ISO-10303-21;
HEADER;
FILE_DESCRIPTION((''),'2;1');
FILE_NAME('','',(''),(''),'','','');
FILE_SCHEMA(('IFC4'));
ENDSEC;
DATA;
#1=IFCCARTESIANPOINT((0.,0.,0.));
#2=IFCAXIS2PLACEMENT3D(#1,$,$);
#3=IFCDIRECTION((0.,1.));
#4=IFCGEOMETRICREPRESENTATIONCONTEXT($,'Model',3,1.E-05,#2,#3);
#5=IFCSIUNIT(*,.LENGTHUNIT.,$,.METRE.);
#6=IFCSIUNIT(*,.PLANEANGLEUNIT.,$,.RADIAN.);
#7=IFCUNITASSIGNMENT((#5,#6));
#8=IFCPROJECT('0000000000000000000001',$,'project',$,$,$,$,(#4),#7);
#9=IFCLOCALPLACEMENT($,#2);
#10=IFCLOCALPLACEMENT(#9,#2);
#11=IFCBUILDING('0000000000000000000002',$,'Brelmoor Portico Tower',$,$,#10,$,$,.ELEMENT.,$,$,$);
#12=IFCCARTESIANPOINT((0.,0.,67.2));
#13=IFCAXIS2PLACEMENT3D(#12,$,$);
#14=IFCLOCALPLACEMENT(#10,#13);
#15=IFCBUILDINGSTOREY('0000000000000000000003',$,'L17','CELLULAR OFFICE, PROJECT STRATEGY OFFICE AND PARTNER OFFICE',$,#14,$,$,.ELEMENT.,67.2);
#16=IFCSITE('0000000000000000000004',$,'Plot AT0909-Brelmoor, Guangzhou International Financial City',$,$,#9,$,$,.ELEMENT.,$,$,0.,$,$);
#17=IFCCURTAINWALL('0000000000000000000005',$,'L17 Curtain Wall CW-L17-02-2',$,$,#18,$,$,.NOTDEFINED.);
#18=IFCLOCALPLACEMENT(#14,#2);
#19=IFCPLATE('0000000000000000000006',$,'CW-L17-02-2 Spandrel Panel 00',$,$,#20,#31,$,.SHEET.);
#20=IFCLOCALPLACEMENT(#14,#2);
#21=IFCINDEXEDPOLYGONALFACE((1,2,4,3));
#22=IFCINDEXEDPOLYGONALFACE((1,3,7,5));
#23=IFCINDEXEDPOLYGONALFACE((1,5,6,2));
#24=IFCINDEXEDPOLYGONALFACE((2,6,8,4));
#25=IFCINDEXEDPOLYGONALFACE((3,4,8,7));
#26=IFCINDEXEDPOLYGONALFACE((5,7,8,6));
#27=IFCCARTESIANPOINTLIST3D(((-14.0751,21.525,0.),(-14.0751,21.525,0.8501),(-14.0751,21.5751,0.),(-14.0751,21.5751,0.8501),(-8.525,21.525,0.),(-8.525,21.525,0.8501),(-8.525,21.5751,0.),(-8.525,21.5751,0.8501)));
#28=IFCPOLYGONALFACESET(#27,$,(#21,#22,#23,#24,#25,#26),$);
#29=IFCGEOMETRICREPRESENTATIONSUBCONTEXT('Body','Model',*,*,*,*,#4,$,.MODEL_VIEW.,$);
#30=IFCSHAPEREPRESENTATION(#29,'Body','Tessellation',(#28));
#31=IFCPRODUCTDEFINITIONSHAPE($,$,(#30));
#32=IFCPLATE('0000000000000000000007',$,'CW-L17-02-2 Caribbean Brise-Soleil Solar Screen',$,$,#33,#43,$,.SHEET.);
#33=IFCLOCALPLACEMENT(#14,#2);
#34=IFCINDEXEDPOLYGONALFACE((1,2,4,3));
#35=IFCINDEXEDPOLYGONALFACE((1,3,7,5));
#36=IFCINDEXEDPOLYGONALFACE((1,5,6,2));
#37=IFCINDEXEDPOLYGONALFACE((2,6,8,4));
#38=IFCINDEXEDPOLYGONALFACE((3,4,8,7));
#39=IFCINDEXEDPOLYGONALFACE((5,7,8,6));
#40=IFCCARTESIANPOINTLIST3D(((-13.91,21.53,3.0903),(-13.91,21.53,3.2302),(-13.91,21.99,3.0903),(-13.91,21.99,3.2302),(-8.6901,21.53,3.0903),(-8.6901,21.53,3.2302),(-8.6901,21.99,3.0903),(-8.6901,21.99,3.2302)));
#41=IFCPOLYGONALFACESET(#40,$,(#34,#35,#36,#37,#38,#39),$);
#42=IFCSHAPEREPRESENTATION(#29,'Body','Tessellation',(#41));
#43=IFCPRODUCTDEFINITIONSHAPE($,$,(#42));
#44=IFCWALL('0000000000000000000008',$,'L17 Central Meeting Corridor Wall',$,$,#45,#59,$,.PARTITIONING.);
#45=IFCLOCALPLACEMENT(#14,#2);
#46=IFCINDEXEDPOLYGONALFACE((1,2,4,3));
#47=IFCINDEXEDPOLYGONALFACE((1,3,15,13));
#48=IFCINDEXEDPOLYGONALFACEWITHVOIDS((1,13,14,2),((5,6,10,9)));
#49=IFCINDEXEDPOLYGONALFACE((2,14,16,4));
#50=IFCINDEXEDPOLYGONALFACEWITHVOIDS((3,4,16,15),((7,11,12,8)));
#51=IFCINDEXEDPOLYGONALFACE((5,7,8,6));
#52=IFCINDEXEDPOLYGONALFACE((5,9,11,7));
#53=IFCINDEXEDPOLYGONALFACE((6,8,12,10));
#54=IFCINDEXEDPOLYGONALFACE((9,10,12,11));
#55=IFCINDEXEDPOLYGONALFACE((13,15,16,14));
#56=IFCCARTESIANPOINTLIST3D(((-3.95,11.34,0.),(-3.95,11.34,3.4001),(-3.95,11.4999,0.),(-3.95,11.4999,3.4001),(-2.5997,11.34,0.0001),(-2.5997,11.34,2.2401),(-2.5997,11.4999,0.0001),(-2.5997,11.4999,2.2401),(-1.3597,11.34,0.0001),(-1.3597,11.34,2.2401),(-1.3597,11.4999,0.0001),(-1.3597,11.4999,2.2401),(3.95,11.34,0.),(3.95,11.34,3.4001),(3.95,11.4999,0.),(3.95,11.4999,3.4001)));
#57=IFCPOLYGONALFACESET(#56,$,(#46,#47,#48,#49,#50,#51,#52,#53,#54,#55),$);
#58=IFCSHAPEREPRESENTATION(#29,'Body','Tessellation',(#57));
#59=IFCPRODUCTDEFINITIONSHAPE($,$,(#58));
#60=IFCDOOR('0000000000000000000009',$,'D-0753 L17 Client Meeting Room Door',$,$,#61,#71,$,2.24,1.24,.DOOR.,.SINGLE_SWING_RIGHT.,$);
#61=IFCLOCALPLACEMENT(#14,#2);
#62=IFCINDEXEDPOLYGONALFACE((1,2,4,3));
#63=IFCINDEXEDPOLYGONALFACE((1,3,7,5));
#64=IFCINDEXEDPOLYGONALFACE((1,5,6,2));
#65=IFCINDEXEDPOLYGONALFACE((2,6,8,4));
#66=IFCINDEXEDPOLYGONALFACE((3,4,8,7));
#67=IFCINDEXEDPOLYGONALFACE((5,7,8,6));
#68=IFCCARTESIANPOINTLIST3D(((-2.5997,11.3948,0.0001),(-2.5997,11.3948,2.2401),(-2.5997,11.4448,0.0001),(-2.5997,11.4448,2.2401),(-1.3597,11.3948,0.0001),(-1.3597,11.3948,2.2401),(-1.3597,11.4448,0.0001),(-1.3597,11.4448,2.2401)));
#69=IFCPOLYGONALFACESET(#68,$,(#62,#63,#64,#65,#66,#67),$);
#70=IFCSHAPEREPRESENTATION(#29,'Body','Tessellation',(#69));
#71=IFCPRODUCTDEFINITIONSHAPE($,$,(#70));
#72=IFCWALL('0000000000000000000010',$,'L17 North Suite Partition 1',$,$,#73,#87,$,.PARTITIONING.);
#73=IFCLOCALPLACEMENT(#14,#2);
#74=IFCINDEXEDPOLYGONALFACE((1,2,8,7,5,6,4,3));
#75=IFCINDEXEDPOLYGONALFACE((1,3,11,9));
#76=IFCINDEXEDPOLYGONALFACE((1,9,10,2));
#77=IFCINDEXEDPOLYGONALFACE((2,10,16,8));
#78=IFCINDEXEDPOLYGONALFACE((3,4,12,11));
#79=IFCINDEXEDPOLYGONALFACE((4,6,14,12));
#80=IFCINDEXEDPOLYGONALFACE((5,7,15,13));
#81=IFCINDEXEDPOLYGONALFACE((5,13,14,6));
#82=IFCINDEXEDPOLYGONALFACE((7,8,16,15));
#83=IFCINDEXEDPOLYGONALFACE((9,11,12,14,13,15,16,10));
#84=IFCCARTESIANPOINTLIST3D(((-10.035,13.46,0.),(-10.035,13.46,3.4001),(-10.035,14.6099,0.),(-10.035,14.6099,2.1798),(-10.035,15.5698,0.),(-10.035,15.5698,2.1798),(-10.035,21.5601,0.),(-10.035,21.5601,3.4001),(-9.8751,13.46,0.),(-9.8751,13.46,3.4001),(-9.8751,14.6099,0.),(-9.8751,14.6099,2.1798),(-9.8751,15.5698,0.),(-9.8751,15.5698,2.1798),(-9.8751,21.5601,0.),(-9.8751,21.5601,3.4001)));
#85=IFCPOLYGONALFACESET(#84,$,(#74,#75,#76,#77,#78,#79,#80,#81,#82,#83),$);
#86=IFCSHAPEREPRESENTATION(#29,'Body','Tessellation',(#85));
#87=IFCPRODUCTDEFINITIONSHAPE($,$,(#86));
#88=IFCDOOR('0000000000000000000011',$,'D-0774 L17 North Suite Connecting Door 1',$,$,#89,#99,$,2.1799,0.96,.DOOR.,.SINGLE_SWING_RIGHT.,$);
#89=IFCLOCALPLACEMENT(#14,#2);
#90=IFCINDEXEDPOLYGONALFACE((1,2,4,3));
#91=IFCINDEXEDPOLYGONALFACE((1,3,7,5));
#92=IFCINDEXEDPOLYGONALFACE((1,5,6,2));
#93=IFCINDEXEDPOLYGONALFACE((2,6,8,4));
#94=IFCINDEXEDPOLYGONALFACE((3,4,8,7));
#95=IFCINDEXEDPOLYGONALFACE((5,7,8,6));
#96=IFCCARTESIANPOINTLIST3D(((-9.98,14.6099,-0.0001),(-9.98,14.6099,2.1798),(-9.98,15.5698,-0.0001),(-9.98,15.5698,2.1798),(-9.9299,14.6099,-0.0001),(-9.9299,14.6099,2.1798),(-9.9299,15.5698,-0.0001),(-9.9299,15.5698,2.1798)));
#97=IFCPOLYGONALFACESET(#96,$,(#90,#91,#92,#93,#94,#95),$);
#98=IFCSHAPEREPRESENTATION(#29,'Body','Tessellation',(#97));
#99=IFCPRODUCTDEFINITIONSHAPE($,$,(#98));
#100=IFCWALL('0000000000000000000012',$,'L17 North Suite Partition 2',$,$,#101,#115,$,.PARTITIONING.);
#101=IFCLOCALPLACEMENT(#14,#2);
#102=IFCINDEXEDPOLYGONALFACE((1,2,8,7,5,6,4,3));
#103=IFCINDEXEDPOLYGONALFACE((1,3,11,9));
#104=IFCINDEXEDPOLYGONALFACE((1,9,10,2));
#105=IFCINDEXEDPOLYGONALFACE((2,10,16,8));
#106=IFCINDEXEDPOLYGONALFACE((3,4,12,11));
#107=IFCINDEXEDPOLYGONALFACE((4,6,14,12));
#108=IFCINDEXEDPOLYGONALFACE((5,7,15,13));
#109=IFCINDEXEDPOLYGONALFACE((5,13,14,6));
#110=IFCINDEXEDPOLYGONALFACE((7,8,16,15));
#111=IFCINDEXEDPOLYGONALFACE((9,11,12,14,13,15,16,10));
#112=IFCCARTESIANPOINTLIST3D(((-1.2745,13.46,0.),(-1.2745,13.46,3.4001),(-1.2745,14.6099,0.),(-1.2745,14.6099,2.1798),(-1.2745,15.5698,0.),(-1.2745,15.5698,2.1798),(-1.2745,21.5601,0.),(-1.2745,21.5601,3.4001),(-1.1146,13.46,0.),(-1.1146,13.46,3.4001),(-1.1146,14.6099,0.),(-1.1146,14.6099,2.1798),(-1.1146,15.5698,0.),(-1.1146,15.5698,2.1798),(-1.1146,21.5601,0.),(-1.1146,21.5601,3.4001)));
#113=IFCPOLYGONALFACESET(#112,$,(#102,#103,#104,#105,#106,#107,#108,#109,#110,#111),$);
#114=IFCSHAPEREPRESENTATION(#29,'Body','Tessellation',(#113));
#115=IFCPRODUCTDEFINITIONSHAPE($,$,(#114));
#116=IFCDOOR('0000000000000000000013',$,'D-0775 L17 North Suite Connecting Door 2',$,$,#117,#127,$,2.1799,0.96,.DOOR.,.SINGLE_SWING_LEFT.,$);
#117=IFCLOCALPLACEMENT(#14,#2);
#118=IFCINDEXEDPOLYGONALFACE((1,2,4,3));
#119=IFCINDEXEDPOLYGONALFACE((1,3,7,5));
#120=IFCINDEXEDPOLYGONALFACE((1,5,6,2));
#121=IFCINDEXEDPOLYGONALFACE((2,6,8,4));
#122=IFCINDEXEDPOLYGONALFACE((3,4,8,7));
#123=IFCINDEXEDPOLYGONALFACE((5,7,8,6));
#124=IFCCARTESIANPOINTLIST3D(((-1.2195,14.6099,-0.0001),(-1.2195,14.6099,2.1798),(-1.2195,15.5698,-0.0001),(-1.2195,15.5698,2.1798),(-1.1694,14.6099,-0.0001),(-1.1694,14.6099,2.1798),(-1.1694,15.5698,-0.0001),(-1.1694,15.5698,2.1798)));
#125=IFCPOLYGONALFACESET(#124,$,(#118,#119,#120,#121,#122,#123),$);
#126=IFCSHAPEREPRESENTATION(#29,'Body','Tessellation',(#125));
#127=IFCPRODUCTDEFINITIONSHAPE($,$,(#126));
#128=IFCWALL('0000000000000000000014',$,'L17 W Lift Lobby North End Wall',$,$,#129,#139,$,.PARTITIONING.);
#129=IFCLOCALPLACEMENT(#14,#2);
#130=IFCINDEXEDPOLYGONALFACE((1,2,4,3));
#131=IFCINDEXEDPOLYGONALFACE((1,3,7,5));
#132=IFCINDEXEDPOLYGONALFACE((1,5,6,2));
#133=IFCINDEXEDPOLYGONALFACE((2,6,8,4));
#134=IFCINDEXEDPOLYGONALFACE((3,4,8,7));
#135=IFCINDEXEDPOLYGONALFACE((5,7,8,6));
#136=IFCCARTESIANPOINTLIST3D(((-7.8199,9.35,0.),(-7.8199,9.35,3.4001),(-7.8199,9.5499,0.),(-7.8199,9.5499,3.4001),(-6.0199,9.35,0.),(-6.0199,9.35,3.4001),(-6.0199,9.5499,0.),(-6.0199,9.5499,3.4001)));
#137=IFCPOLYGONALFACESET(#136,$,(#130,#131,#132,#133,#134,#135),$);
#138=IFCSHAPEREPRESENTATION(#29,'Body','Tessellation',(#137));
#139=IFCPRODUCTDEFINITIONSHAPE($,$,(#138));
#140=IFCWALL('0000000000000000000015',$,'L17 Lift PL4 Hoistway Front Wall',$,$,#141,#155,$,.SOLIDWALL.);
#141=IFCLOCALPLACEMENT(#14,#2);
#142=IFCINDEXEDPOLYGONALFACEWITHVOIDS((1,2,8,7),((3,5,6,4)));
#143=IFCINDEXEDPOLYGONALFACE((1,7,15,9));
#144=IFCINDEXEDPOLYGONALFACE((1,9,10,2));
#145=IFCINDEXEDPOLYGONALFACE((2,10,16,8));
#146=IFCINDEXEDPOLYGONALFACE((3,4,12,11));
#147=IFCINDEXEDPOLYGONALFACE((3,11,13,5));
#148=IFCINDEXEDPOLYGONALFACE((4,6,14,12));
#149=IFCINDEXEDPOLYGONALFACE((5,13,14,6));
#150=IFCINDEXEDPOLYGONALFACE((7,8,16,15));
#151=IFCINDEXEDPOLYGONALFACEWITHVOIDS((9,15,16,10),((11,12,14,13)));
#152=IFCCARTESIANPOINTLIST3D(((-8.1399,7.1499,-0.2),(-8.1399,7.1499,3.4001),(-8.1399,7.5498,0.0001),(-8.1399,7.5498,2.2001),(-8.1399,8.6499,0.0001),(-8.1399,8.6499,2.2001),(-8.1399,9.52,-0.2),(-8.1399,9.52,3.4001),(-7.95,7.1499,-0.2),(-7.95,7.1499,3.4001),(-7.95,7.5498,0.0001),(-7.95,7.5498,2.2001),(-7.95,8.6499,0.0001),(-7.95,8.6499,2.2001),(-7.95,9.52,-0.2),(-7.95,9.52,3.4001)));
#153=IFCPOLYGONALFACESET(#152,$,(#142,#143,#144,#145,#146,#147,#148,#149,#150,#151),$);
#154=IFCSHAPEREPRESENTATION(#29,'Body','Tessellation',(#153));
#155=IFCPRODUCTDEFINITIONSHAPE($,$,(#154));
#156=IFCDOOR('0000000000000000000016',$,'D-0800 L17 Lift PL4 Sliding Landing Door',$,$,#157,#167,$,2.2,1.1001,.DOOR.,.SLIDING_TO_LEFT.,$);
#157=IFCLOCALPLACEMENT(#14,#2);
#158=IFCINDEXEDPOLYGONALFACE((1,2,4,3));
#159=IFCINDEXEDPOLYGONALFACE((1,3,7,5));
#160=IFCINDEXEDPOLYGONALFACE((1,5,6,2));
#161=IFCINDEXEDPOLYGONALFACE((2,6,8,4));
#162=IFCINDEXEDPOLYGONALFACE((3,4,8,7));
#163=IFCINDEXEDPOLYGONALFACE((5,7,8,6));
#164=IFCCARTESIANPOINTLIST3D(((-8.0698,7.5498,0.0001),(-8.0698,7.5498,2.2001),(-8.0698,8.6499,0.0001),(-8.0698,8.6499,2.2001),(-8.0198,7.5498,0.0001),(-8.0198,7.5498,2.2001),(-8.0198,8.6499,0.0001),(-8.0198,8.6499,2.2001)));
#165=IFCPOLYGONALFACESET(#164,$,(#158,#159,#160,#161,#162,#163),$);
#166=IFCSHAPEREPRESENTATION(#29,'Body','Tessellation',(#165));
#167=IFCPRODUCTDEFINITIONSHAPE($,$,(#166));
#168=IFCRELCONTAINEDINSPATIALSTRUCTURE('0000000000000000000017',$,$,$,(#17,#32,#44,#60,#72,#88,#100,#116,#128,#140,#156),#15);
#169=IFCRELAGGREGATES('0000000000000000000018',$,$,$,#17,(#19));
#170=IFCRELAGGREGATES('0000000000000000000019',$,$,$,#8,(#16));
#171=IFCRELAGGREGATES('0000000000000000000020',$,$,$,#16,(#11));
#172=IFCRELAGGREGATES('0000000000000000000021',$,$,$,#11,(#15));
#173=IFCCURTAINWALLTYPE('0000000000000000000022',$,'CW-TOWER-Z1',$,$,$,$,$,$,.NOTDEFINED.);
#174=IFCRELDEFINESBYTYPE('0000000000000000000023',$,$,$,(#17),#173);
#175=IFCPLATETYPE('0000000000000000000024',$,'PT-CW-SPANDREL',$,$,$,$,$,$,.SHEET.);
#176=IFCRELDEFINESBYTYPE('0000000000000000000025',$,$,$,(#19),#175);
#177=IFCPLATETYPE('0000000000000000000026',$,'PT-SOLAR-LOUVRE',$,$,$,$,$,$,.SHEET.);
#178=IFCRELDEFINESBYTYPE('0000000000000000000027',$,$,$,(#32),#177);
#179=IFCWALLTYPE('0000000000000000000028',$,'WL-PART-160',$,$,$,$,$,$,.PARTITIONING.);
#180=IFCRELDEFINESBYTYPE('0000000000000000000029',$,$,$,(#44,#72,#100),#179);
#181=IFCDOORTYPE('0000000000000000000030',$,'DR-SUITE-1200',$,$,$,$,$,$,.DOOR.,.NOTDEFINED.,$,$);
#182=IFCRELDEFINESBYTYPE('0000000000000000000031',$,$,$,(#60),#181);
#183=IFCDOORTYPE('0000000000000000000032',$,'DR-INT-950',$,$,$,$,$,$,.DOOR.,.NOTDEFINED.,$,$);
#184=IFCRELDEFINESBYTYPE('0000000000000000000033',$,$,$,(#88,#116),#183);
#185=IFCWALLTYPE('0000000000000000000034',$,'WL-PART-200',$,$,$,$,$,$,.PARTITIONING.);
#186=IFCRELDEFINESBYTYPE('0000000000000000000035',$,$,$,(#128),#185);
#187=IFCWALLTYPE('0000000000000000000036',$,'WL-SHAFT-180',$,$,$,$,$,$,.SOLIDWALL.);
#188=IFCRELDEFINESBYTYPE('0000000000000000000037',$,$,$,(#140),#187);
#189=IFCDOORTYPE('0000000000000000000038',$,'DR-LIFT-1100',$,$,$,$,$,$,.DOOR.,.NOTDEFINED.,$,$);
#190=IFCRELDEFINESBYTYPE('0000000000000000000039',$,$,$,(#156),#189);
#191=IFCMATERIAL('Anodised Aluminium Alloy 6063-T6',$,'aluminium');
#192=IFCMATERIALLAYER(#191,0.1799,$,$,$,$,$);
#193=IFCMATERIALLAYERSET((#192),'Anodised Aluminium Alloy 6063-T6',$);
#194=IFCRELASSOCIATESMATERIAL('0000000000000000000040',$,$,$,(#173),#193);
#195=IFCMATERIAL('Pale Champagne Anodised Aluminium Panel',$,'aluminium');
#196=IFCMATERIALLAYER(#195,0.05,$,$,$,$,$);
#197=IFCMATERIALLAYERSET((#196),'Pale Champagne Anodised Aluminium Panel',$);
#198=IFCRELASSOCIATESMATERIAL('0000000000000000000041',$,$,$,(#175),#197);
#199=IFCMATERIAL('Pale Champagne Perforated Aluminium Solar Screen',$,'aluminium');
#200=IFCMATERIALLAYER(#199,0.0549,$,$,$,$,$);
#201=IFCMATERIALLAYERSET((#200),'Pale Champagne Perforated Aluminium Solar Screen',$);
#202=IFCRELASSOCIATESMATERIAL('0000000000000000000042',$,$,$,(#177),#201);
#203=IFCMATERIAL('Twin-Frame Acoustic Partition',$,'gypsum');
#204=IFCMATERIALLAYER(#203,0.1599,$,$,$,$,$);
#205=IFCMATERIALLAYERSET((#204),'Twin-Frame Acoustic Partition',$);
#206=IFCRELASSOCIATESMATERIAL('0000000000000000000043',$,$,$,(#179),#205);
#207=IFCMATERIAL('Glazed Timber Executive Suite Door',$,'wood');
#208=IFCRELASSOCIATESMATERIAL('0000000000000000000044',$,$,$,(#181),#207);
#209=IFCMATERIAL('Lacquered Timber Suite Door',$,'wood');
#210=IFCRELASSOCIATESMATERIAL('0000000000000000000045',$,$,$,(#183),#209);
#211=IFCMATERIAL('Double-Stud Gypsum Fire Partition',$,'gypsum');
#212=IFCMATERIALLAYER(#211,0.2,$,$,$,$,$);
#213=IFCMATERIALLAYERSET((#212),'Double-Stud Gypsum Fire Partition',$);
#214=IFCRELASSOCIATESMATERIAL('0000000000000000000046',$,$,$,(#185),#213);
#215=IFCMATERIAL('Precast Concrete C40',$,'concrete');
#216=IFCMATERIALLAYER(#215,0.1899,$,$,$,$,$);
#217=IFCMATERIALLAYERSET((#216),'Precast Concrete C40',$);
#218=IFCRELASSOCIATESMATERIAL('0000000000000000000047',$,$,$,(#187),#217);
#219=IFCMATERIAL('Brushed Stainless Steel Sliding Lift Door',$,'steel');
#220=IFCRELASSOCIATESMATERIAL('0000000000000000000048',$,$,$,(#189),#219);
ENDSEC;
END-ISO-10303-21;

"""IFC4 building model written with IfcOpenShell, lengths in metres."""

from ifc_helpers import new_model, si_unit, direction, frame, frame_2d, origin, origin_2d, place, context, subcontext, project, spatial, rectangle, extrude, material, layer, layer_set, type_object, element, fill, aggregate, save


model = new_model("IFC4")

# Units and contexts
model_context = context("Model", 3, precision=1e-05, world=origin(), true_north=direction((0.0, 1.0)))
body_context = subcontext(model_context, "Body", "Model", "MODEL_VIEW")
ifc_project = project(units=[si_unit("LENGTHUNIT", "METRE"), si_unit("PLANEANGLEUNIT", "RADIAN")], contexts=[model_context])

# Site, building, storey
site_placement = place(None, origin())
site = spatial("IfcSite", under=ifc_project, at=site_placement, Name="Plot AT0909-Brelmoor, Guangzhou International Financial City", CompositionType="ELEMENT", RefElevation=0.0)
building_placement = place(site_placement, origin())
building = spatial("IfcBuilding", under=site, at=building_placement, Name="Brelmoor Portico Tower", CompositionType="ELEMENT")
storey_placement = place(building_placement, frame((0.0, 0.0, 67.2)))
storey = spatial("IfcBuildingStorey", under=building, at=storey_placement, Name="L17", Description="CELLULAR OFFICE, PROJECT STRATEGY OFFICE AND PARTNER OFFICE", CompositionType="ELEMENT", Elevation=67.2)

# Curtain wall
ifc_material_1 = material(Name="Anodised Aluminium Alloy 6063-T6", Category="aluminium")
ifc_layer_1 = layer(ifc_material_1, 0.1799)
ifc_layer_set_1 = layer_set([ifc_layer_1], Name="Anodised Aluminium Alloy 6063-T6")
curtain_wall_type_1 = type_object("IfcCurtainWallType", Name="CW-TOWER-Z1", PredefinedType="NOTDEFINED", material=ifc_layer_set_1)
curtain_wall_1_placement = place(storey_placement, origin())
curtain_wall_1 = element("IfcCurtainWall", 1, at=curtain_wall_1_placement, inside=storey, type_object=curtain_wall_type_1, Name="L17 Curtain Wall CW-L17-02-2", PredefinedType="NOTDEFINED")

# Plates
ifc_material_2 = material(Name="Pale Champagne Anodised Aluminium Panel", Category="aluminium")
ifc_layer_2 = layer(ifc_material_2, 0.05)
ifc_layer_set_2 = layer_set([ifc_layer_2], Name="Pale Champagne Anodised Aluminium Panel")
plate_type_1 = type_object("IfcPlateType", Name="PT-CW-SPANDREL", PredefinedType="SHEET", material=ifc_layer_set_2)
plate_1_placement = place(storey_placement, frame((-11.3, 21.55, 0.0), z_axis=(0.0, 0.0, 1.0), x_axis=(1.0, 0.0, 0.0)))
plate_1 = element("IfcPlate", 2, at=plate_1_placement, type_object=plate_type_1, Name="CW-L17-02-2 Spandrel Panel 00", PredefinedType="SHEET", context=body_context, shape_type="SweptSolid", body=[
    extrude(rectangle(XDim=5.55, YDim=0.05, at=origin_2d()), origin(), (0.0, 0.0, 1.0), 0.8501),
])
aggregate(curtain_wall_1, [plate_1])
ifc_material_3 = material(Name="Pale Champagne Perforated Aluminium Solar Screen", Category="aluminium")
ifc_layer_3 = layer(ifc_material_3, 0.0549)
ifc_layer_set_3 = layer_set([ifc_layer_3], Name="Pale Champagne Perforated Aluminium Solar Screen")
plate_type_2 = type_object("IfcPlateType", Name="PT-SOLAR-LOUVRE", PredefinedType="SHEET", material=ifc_layer_set_3)
plate_2_placement = place(storey_placement, frame((-11.3, 21.76, 3.0903), z_axis=(0.0, 0.0, 1.0), x_axis=(1.0, 0.0, 0.0)))
element("IfcPlate", 3, at=plate_2_placement, inside=storey, type_object=plate_type_2, Name="CW-L17-02-2 Caribbean Brise-Soleil Solar Screen", PredefinedType="SHEET", context=body_context, shape_type="SweptSolid", body=[
    extrude(rectangle(XDim=5.22, YDim=0.46, at=origin_2d()), origin(), (0.0, 0.0, 1.0), 0.1399),
])

# Walls, openings, doors
ifc_material_4 = material(Name="Twin-Frame Acoustic Partition", Category="gypsum")
ifc_layer_4 = layer(ifc_material_4, 0.1599)
ifc_layer_set_4 = layer_set([ifc_layer_4], Name="Twin-Frame Acoustic Partition")
wall_type_1 = type_object("IfcWallType", Name="WL-PART-160", PredefinedType="PARTITIONING", material=ifc_layer_set_4)
wall_1_placement = place(storey_placement, frame((-3.95, 11.4199, 0.0), z_axis=(0.0, 0.0, 1.0), x_axis=(1.0, 0.0, 0.0)))
wall_1 = element("IfcWall", 4, at=wall_1_placement, inside=storey, type_object=wall_type_1, Name="L17 Central Meeting Corridor Wall", PredefinedType="PARTITIONING", context=body_context, shape_type="SweptSolid", body=[
    extrude(rectangle(XDim=7.8999, YDim=0.1599, at=frame_2d((3.95, 0.0))), origin(), (0.0, 0.0, 1.0), 3.4001),
])
opening_1_placement = place(wall_1_placement, frame((1.3501, 0.0, 0.0)))
opening_1 = element("IfcOpeningElement", 5, at=opening_1_placement, cuts=wall_1, PredefinedType="OPENING", context=body_context, shape_type="SweptSolid", body=[
    extrude(rectangle(XDim=1.24, YDim=2.24, at=frame_2d((0.6201, 1.1201))), frame((0.0, 0.0898, 0.0), z_axis=(0.0, -1.0, 0.0), x_axis=(1.0, 0.0, 0.0)), (0.0, 0.0, 1.0), 0.1799),
])
ifc_material_5 = material(Name="Glazed Timber Executive Suite Door", Category="wood")
door_type_1 = type_object("IfcDoorType", Name="DR-SUITE-1200", OperationType="NOTDEFINED", PredefinedType="DOOR", material=ifc_material_5)
door_1_placement = place(opening_1_placement, origin())
door_1 = element("IfcDoor", 6, at=door_1_placement, inside=storey, type_object=door_type_1, Name="D-0753 L17 Client Meeting Room Door", OperationType="SINGLE_SWING_RIGHT", OverallHeight=2.24, OverallWidth=1.24, PredefinedType="DOOR", context=body_context, shape_type="SweptSolid", body=[
    extrude(rectangle(XDim=1.24, YDim=2.24, at=frame_2d((0.6201, 1.1201))), frame((0.0, 0.0249, 0.0), z_axis=(0.0, -1.0, 0.0), x_axis=(1.0, 0.0, 0.0)), (0.0, 0.0, 1.0), 0.05),
])
fill(opening_1, door_1)
wall_2_placement = place(storey_placement, frame((-9.9551, 13.46, 0.0), z_axis=(0.0, 0.0, 1.0), x_axis=(0.0, 1.0, 0.0)))
wall_2 = element("IfcWall", 7, at=wall_2_placement, inside=storey, type_object=wall_type_1, Name="L17 North Suite Partition 1", PredefinedType="PARTITIONING", context=body_context, shape_type="SweptSolid", body=[
    extrude(rectangle(XDim=8.1001, YDim=0.1599, at=frame_2d((4.05, 0.0))), origin(), (0.0, 0.0, 1.0), 3.4001),
])
opening_2_placement = place(wall_2_placement, frame((1.1499, 0.0, 0.0)))
opening_2 = element("IfcOpeningElement", 8, at=opening_2_placement, cuts=wall_2, PredefinedType="OPENING", context=body_context, shape_type="SweptSolid", body=[
    extrude(rectangle(XDim=0.96, YDim=2.1799, at=frame_2d((0.48, 1.0898))), frame((0.0, 0.0898, 0.0), z_axis=(0.0, -1.0, 0.0), x_axis=(1.0, 0.0, 0.0)), (0.0, 0.0, 1.0), 0.1799),
])
ifc_material_6 = material(Name="Lacquered Timber Suite Door", Category="wood")
door_type_2 = type_object("IfcDoorType", Name="DR-INT-950", OperationType="NOTDEFINED", PredefinedType="DOOR", material=ifc_material_6)
door_2_placement = place(opening_2_placement, origin())
door_2 = element("IfcDoor", 9, at=door_2_placement, inside=storey, type_object=door_type_2, Name="D-0774 L17 North Suite Connecting Door 1", OperationType="SINGLE_SWING_RIGHT", OverallHeight=2.1799, OverallWidth=0.96, PredefinedType="DOOR", context=body_context, shape_type="SweptSolid", body=[
    extrude(rectangle(XDim=0.96, YDim=2.1799, at=frame_2d((0.48, 1.0898))), frame((0.0, 0.0249, 0.0), z_axis=(0.0, -1.0, 0.0), x_axis=(1.0, 0.0, 0.0)), (0.0, 0.0, 1.0), 0.05),
])
fill(opening_2, door_2)
wall_3_placement = place(storey_placement, frame((-1.1946, 13.46, 0.0), z_axis=(0.0, 0.0, 1.0), x_axis=(0.0, 1.0, 0.0)))
wall_3 = element("IfcWall", 10, at=wall_3_placement, inside=storey, type_object=wall_type_1, Name="L17 North Suite Partition 2", PredefinedType="PARTITIONING", context=body_context, shape_type="SweptSolid", body=[
    extrude(rectangle(XDim=8.1001, YDim=0.1599, at=frame_2d((4.05, 0.0))), origin(), (0.0, 0.0, 1.0), 3.4001),
])
opening_3_placement = place(wall_3_placement, frame((1.1499, 0.0, 0.0)))
opening_3 = element("IfcOpeningElement", 11, at=opening_3_placement, cuts=wall_3, PredefinedType="OPENING", context=body_context, shape_type="SweptSolid", body=[
    extrude(rectangle(XDim=0.96, YDim=2.1799, at=frame_2d((0.48, 1.0898))), frame((0.0, 0.0898, 0.0), z_axis=(0.0, -1.0, 0.0), x_axis=(1.0, 0.0, 0.0)), (0.0, 0.0, 1.0), 0.1799),
])
door_3_placement = place(opening_3_placement, origin())
door_3 = element("IfcDoor", 12, at=door_3_placement, inside=storey, type_object=door_type_2, Name="D-0775 L17 North Suite Connecting Door 2", OperationType="SINGLE_SWING_LEFT", OverallHeight=2.1799, OverallWidth=0.96, PredefinedType="DOOR", context=body_context, shape_type="SweptSolid", body=[
    extrude(rectangle(XDim=0.96, YDim=2.1799, at=frame_2d((0.48, 1.0898))), frame((0.0, 0.0249, 0.0), z_axis=(0.0, -1.0, 0.0), x_axis=(1.0, 0.0, 0.0)), (0.0, 0.0, 1.0), 0.05),
])
fill(opening_3, door_3)

# Wall
ifc_material_7 = material(Name="Double-Stud Gypsum Fire Partition", Category="gypsum")
ifc_layer_5 = layer(ifc_material_7, 0.2)
ifc_layer_set_5 = layer_set([ifc_layer_5], Name="Double-Stud Gypsum Fire Partition")
wall_type_2 = type_object("IfcWallType", Name="WL-PART-200", PredefinedType="PARTITIONING", material=ifc_layer_set_5)
wall_4_placement = place(storey_placement, frame((-6.02, 9.45, 0.0), z_axis=(0.0, 0.0, 1.0), x_axis=(-1.0, 0.0, 0.0)))
element("IfcWall", 13, at=wall_4_placement, inside=storey, type_object=wall_type_2, Name="L17 W Lift Lobby North End Wall", PredefinedType="PARTITIONING", context=body_context, shape_type="SweptSolid", body=[
    extrude(rectangle(XDim=1.8, YDim=0.2, at=frame_2d((0.8999, 0.0))), origin(), (0.0, 0.0, 1.0), 3.4001),
])

# Wall, opening, door
ifc_material_8 = material(Name="Precast Concrete C40", Category="concrete")
ifc_layer_6 = layer(ifc_material_8, 0.1899)
ifc_layer_set_6 = layer_set([ifc_layer_6], Name="Precast Concrete C40")
wall_type_3 = type_object("IfcWallType", Name="WL-SHAFT-180", PredefinedType="SOLIDWALL", material=ifc_layer_set_6)
wall_5_placement = place(storey_placement, frame((-8.0449, 7.1499, -0.2), z_axis=(0.0, 0.0, 1.0), x_axis=(0.0, 1.0, 0.0)))
wall_5 = element("IfcWall", 14, at=wall_5_placement, inside=storey, type_object=wall_type_3, Name="L17 Lift PL4 Hoistway Front Wall", PredefinedType="SOLIDWALL", context=body_context, shape_type="SweptSolid", body=[
    extrude(rectangle(XDim=2.3701, YDim=0.1899, at=frame_2d((1.1851, 0.0))), origin(), (0.0, 0.0, 1.0), 3.6001),
])
opening_4_placement = place(wall_5_placement, frame((0.3999, 0.0, 0.2)))
opening_4 = element("IfcOpeningElement", 15, at=opening_4_placement, cuts=wall_5, PredefinedType="OPENING", context=body_context, shape_type="SweptSolid", body=[
    extrude(rectangle(XDim=1.1001, YDim=2.2, at=frame_2d((0.55, 1.1001))), frame((0.0, 0.105, 0.0), z_axis=(0.0, -1.0, 0.0), x_axis=(1.0, 0.0, 0.0)), (0.0, 0.0, 1.0), 0.21),
])
ifc_material_9 = material(Name="Brushed Stainless Steel Sliding Lift Door", Category="steel")
door_type_3 = type_object("IfcDoorType", Name="DR-LIFT-1100", OperationType="NOTDEFINED", PredefinedType="DOOR", material=ifc_material_9)
door_4_placement = place(opening_4_placement, origin())
door_4 = element("IfcDoor", 16, at=door_4_placement, inside=storey, type_object=door_type_3, Name="D-0800 L17 Lift PL4 Sliding Landing Door", OperationType="SLIDING_TO_LEFT", OverallHeight=2.2, OverallWidth=1.1001, PredefinedType="DOOR", context=body_context, shape_type="SweptSolid", body=[
    extrude(rectangle(XDim=1.1001, YDim=2.2, at=frame_2d((0.55, 1.1001))), frame((0.0, 0.0249, 0.0), z_axis=(0.0, -1.0, 0.0), x_axis=(1.0, 0.0, 0.0)), (0.0, 0.0, 1.0), 0.05),
])
fill(opening_4, door_4)

save(model, "model.ifc")
